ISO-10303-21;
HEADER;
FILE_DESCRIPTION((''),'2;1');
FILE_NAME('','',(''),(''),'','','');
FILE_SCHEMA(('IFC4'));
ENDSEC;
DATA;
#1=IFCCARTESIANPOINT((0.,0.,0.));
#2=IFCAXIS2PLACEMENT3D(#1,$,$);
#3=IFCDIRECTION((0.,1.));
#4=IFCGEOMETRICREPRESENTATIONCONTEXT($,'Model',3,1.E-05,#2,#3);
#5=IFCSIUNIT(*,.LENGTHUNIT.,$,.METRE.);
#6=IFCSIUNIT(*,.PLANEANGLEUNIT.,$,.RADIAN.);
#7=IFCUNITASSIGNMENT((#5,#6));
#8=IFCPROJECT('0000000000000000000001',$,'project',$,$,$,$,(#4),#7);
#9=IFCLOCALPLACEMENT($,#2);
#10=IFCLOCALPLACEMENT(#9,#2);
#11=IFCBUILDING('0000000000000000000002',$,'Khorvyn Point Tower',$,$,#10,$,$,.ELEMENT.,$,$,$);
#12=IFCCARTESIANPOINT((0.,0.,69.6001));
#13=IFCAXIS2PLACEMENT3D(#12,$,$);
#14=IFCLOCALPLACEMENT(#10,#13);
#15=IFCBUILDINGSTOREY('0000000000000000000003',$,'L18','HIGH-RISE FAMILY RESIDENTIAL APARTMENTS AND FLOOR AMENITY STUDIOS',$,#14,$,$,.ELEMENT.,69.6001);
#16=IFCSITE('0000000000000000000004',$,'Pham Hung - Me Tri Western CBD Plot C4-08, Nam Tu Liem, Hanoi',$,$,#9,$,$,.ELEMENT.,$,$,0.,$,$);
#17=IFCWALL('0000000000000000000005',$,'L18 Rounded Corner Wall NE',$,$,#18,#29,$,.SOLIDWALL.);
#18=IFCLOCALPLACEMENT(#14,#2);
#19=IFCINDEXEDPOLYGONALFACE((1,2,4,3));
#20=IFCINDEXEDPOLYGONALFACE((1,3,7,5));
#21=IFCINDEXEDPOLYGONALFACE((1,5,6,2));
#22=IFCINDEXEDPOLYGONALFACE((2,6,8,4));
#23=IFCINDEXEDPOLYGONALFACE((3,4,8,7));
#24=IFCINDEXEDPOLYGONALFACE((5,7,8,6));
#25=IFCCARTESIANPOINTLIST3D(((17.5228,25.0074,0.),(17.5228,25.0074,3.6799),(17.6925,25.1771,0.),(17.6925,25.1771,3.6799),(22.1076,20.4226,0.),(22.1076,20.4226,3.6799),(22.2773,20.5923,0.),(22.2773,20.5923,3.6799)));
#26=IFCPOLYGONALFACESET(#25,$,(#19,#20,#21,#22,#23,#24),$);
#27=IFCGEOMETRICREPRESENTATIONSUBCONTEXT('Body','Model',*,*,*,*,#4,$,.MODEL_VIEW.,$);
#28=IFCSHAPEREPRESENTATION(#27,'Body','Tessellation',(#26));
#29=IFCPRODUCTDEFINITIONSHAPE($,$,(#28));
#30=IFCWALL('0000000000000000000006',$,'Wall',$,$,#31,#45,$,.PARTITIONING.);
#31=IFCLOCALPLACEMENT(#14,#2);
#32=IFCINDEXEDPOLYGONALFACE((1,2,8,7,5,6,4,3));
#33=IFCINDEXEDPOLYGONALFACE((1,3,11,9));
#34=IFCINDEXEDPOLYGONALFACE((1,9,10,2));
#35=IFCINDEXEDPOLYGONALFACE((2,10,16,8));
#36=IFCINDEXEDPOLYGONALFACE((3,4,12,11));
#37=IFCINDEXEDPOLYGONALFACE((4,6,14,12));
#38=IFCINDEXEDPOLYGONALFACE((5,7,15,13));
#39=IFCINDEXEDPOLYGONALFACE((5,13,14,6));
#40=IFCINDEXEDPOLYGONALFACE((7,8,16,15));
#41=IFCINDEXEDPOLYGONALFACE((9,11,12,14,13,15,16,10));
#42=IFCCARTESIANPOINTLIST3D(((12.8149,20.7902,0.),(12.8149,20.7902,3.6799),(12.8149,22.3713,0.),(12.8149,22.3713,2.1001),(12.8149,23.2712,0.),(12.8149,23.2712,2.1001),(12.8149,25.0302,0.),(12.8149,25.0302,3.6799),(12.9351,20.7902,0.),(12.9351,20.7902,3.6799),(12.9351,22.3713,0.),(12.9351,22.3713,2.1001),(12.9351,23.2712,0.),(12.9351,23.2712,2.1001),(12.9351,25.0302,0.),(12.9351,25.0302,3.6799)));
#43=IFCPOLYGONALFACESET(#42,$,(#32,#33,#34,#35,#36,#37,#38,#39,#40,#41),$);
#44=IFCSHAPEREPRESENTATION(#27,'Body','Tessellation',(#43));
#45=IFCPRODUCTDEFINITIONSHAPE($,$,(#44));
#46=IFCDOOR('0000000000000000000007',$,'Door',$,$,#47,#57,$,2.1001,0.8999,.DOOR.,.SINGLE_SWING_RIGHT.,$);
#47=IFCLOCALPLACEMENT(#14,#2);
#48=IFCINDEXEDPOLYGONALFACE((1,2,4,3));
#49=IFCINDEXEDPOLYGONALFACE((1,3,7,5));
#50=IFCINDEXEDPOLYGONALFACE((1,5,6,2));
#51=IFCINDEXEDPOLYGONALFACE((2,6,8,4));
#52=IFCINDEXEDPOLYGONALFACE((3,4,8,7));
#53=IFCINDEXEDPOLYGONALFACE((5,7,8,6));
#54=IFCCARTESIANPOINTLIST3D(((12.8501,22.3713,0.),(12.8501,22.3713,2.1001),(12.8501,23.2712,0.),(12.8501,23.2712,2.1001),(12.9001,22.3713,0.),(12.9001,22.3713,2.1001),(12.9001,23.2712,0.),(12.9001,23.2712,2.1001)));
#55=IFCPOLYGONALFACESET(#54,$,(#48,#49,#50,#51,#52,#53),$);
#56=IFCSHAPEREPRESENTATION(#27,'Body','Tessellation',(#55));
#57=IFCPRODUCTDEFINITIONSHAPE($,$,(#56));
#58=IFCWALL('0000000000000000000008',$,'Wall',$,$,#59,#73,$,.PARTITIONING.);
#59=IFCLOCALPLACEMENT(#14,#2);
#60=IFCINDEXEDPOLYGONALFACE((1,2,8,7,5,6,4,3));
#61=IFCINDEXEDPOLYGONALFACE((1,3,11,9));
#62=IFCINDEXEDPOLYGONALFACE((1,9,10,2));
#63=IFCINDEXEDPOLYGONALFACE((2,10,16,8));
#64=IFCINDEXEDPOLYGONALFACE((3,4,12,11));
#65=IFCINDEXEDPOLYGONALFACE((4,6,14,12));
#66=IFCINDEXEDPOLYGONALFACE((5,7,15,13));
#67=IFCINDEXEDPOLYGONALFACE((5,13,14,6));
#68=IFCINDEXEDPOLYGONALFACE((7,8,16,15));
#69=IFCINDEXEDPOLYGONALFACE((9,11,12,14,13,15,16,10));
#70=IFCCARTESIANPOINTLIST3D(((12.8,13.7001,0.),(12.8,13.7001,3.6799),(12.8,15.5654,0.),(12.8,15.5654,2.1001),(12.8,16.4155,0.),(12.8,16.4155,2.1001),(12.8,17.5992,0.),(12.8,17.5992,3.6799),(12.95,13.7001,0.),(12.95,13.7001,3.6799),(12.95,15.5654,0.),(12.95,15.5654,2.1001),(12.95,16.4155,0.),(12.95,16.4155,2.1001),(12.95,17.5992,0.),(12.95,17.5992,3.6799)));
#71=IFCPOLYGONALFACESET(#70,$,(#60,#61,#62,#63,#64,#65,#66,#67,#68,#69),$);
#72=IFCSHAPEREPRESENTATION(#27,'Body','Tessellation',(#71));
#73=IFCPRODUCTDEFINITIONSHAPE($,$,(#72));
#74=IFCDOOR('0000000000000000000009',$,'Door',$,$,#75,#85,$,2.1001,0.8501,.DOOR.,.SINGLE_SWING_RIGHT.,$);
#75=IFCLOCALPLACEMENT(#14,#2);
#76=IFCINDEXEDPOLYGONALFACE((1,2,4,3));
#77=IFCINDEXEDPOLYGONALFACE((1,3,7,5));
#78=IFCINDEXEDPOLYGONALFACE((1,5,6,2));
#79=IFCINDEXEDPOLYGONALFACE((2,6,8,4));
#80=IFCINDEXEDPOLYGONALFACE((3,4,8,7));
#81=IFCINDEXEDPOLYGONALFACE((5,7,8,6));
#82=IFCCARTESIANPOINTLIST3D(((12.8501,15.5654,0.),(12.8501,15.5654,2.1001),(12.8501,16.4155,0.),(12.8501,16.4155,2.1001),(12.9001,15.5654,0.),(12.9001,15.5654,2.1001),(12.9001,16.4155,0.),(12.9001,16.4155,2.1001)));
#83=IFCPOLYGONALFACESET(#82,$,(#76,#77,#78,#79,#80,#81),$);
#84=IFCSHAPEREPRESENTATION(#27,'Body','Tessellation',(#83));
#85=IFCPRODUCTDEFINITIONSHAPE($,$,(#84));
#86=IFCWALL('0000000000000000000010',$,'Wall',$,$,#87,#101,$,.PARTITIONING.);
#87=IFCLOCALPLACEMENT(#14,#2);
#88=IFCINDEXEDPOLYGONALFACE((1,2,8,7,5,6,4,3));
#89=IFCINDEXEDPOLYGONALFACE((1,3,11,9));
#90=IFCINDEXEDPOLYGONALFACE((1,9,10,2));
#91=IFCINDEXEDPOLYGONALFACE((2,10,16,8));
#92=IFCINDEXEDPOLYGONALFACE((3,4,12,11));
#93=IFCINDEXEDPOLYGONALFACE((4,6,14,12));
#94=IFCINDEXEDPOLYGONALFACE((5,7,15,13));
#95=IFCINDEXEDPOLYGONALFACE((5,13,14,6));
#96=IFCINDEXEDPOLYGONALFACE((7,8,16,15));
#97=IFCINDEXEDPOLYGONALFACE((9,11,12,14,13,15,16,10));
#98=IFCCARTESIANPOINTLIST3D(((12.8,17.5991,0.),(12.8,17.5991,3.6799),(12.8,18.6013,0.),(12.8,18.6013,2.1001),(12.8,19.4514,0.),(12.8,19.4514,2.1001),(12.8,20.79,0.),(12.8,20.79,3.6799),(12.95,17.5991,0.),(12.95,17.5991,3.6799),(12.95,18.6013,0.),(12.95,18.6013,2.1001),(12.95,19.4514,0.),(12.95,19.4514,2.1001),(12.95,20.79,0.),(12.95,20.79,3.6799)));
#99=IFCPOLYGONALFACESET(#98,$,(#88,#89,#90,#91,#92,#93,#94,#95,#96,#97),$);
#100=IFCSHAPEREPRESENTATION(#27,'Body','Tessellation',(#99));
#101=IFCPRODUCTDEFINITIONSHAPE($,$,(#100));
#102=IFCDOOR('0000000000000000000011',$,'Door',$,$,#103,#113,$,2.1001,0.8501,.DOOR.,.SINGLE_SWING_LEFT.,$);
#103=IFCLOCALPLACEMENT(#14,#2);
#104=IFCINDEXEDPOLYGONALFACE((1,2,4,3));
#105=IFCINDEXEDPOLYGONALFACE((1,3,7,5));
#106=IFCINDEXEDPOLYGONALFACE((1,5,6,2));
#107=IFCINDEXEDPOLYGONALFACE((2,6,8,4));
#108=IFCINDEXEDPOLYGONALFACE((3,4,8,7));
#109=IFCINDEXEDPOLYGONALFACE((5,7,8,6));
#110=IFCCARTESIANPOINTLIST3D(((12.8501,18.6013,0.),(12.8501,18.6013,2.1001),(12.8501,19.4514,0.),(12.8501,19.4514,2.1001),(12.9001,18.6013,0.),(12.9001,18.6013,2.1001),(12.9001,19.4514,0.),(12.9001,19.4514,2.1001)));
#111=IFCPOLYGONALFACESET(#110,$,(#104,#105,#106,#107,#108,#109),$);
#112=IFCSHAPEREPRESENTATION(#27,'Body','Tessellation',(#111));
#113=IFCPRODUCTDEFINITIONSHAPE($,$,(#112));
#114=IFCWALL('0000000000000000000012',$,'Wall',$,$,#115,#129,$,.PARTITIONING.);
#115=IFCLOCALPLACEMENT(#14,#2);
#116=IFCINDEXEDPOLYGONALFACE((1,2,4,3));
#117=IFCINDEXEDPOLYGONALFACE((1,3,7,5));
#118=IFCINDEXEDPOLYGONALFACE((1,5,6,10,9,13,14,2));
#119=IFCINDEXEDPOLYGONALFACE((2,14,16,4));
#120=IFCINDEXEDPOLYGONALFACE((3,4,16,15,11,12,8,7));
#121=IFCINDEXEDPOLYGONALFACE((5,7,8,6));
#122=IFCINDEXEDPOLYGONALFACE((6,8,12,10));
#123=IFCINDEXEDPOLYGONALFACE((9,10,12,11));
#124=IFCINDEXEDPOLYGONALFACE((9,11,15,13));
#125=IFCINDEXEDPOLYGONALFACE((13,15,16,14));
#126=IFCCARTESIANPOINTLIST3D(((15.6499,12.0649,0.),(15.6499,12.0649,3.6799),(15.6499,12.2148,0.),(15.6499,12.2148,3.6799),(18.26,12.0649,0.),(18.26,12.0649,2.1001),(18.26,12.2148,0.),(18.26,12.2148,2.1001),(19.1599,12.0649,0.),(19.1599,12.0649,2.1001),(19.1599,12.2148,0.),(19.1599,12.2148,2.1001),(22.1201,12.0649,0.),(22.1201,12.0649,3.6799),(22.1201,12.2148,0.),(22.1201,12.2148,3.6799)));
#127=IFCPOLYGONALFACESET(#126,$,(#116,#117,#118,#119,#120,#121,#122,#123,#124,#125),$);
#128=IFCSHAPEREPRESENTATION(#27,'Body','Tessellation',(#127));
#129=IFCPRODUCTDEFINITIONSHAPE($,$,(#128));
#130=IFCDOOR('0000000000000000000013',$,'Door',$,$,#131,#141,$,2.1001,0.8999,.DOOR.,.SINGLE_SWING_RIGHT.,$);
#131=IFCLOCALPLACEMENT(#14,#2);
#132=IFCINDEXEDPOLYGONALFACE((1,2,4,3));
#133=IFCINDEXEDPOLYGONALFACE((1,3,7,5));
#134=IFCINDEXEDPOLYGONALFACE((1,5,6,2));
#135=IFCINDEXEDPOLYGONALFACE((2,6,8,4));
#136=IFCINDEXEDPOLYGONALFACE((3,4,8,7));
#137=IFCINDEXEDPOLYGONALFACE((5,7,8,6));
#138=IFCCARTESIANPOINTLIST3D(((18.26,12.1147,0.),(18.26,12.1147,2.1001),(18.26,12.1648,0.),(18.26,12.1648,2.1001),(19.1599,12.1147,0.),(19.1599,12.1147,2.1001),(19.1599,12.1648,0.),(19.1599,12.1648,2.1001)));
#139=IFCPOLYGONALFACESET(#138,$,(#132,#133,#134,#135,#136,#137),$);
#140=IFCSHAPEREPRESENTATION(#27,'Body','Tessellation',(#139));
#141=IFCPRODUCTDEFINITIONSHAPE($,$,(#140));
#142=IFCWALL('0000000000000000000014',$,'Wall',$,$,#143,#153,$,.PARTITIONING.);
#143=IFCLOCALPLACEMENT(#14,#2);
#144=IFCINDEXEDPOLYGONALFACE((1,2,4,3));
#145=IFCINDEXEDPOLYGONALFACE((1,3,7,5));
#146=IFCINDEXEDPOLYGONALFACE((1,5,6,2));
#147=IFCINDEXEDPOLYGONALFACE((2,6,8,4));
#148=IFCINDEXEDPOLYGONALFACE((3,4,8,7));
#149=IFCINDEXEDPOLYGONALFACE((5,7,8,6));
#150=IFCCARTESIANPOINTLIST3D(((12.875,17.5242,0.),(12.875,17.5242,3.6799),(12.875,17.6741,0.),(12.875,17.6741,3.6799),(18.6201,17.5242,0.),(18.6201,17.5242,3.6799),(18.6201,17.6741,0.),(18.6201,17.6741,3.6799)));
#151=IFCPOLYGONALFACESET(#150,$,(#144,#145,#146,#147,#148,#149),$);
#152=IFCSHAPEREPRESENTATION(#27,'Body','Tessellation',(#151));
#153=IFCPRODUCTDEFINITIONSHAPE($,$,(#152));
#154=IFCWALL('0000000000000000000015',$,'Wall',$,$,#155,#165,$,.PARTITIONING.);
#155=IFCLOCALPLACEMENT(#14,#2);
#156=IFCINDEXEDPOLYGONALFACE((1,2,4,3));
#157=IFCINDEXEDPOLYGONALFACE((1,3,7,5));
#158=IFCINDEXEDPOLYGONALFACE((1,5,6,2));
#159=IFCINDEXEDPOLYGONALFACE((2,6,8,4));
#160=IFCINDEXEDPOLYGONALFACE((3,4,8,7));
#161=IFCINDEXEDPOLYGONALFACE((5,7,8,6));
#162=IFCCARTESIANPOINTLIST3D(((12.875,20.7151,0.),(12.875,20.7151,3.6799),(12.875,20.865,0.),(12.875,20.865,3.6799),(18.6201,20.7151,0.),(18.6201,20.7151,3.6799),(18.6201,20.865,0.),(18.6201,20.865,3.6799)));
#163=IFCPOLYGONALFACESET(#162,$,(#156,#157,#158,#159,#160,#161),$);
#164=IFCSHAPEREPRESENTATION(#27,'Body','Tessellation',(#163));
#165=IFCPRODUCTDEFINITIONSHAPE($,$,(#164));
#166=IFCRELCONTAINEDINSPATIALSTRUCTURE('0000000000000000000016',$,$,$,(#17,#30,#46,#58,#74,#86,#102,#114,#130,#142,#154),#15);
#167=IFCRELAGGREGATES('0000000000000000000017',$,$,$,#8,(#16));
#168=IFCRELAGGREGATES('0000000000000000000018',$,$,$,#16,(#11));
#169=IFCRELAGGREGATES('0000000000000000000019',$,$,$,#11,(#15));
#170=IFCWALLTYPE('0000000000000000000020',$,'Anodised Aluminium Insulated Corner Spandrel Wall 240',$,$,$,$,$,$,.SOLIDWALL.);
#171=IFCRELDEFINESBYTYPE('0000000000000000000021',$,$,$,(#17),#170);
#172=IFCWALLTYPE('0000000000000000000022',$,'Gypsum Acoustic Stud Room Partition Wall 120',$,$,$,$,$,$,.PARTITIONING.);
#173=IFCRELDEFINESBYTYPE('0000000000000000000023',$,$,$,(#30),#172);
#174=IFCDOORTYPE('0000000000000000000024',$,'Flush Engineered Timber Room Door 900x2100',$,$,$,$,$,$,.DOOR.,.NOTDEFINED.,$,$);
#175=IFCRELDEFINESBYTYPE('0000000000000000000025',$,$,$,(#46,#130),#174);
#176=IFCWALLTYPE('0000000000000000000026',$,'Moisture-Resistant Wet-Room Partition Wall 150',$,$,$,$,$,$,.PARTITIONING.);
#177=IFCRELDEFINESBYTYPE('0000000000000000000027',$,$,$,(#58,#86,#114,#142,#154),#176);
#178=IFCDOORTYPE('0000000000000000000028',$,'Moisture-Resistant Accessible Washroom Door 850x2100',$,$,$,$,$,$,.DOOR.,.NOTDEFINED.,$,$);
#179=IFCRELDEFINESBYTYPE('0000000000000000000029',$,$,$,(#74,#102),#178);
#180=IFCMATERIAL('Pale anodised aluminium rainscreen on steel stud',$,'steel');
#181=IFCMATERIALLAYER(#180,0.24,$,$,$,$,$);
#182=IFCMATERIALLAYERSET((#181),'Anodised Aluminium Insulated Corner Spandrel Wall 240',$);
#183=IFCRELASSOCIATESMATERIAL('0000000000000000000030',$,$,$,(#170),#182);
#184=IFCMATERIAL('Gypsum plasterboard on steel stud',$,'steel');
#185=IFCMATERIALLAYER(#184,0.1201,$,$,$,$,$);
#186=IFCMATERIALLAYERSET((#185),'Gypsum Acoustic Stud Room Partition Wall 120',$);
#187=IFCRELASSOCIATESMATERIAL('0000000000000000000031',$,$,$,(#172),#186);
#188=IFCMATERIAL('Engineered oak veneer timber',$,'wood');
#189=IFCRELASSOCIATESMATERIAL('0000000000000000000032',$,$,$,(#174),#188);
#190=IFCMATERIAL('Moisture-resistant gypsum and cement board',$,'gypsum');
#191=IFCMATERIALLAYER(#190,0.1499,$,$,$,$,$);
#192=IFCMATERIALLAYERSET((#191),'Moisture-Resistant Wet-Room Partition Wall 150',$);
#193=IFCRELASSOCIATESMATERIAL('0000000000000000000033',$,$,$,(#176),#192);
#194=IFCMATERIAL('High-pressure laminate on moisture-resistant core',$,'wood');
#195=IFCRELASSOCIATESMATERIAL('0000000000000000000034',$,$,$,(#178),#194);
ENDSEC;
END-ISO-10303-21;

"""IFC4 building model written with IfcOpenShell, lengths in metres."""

from ifc_helpers import new_model, si_unit, direction, frame, frame_2d, origin, place, context, subcontext, project, spatial, rectangle, extrude, material, layer, layer_set, type_object, element, fill, save


model = new_model("IFC4")

# Units and contexts
model_context = context("Model", 3, precision=1e-05, world=origin(), true_north=direction((0.0, 1.0)))
body_context = subcontext(model_context, "Body", "Model", "MODEL_VIEW")
ifc_project = project(units=[si_unit("LENGTHUNIT", "METRE"), si_unit("PLANEANGLEUNIT", "RADIAN")], contexts=[model_context])

# Site, building, storey
site_placement = place(None, origin())
site = spatial("IfcSite", under=ifc_project, at=site_placement, Name="Pham Hung - Me Tri Western CBD Plot C4-08, Nam Tu Liem, Hanoi", CompositionType="ELEMENT", RefElevation=0.0)
building_placement = place(site_placement, origin())
building = spatial("IfcBuilding", under=site, at=building_placement, Name="Khorvyn Point Tower", CompositionType="ELEMENT")
storey_placement = place(building_placement, frame((0.0, 0.0, 69.6001)))
storey = spatial("IfcBuildingStorey", under=building, at=storey_placement, Name="L18", Description="HIGH-RISE FAMILY RESIDENTIAL APARTMENTS AND FLOOR AMENITY STUDIOS", CompositionType="ELEMENT", Elevation=69.6001)

# Wall
ifc_material_1 = material(Name="Pale anodised aluminium rainscreen on steel stud", Category="steel")
ifc_layer_1 = layer(ifc_material_1, 0.24)
ifc_layer_set_1 = layer_set([ifc_layer_1], Name="Anodised Aluminium Insulated Corner Spandrel Wall 240")
wall_type_1 = type_object("IfcWallType", Name="Anodised Aluminium Insulated Corner Spandrel Wall 240", PredefinedType="SOLIDWALL", material=ifc_layer_set_1)
wall_1_placement = place(storey_placement, frame((17.6077, 25.0923, 0.0), z_axis=(0.0, 0.0, 1.0), x_axis=(0.707107, -0.707107, 0.0)))
element("IfcWall", 1, at=wall_1_placement, inside=storey, type_object=wall_type_1, Name="L18 Rounded Corner Wall NE", PredefinedType="SOLIDWALL", context=body_context, shape_type="SweptSolid", body=[
    extrude(rectangle(XDim=6.4839, YDim=0.24, at=frame_2d((3.2419, 0.0))), origin(), (0.0, 0.0, 1.0), 3.6799),
])

# Walls, openings, doors
ifc_material_2 = material(Name="Gypsum plasterboard on steel stud", Category="steel")
ifc_layer_2 = layer(ifc_material_2, 0.1201)
ifc_layer_set_2 = layer_set([ifc_layer_2], Name="Gypsum Acoustic Stud Room Partition Wall 120")
wall_type_2 = type_object("IfcWallType", Name="Gypsum Acoustic Stud Room Partition Wall 120", PredefinedType="PARTITIONING", material=ifc_layer_set_2)
wall_2_placement = place(storey_placement, frame((12.875, 20.79, 0.0), z_axis=(0.0, 0.0, 1.0), x_axis=(0.0, 1.0, 0.0)))
wall_2 = element("IfcWall", 2, at=wall_2_placement, inside=storey, type_object=wall_type_2, Name="Wall", PredefinedType="PARTITIONING", context=body_context, shape_type="SweptSolid", body=[
    extrude(rectangle(XDim=4.24, YDim=0.1201, at=frame_2d((2.1201, 0.0))), origin(), (0.0, 0.0, 1.0), 3.6799),
])
opening_1_placement = place(wall_2_placement, frame((1.5813, 0.0, 0.0)))
opening_1 = element("IfcOpeningElement", 3, at=opening_1_placement, cuts=wall_2, PredefinedType="OPENING", context=body_context, shape_type="SweptSolid", body=[
    extrude(rectangle(XDim=0.8999, YDim=2.1001, at=frame_2d((0.45, 1.05))), frame((0.0, 0.0701, 0.0), z_axis=(0.0, -1.0, 0.0), x_axis=(1.0, 0.0, 0.0)), (0.0, 0.0, 1.0), 0.1401),
])
ifc_material_3 = material(Name="Engineered oak veneer timber", Category="wood")
door_type_1 = type_object("IfcDoorType", Name="Flush Engineered Timber Room Door 900x2100", OperationType="NOTDEFINED", PredefinedType="DOOR", material=ifc_material_3)
door_1_placement = place(opening_1_placement, origin())
door_1 = element("IfcDoor", 4, at=door_1_placement, inside=storey, type_object=door_type_1, Name="Door", OperationType="SINGLE_SWING_RIGHT", OverallHeight=2.1001, OverallWidth=0.8999, PredefinedType="DOOR", context=body_context, shape_type="SweptSolid", body=[
    extrude(rectangle(XDim=0.8999, YDim=2.1001, at=frame_2d((0.45, 1.05))), frame((0.0, 0.0249, 0.0), z_axis=(0.0, -1.0, 0.0), x_axis=(1.0, 0.0, 0.0)), (0.0, 0.0, 1.0), 0.05),
])
fill(opening_1, door_1)
ifc_material_4 = material(Name="Moisture-resistant gypsum and cement board", Category="gypsum")
ifc_layer_3 = layer(ifc_material_4, 0.1499)
ifc_layer_set_3 = layer_set([ifc_layer_3], Name="Moisture-Resistant Wet-Room Partition Wall 150")
wall_type_3 = type_object("IfcWallType", Name="Moisture-Resistant Wet-Room Partition Wall 150", PredefinedType="PARTITIONING", material=ifc_layer_set_3)
wall_3_placement = place(storey_placement, frame((12.875, 13.7, 0.0), z_axis=(0.0, 0.0, 1.0), x_axis=(0.0, 1.0, 0.0)))
wall_3 = element("IfcWall", 5, at=wall_3_placement, inside=storey, type_object=wall_type_3, Name="Wall", PredefinedType="PARTITIONING", context=body_context, shape_type="SweptSolid", body=[
    extrude(rectangle(XDim=3.8992, YDim=0.1499, at=frame_2d((1.9497, 0.0))), origin(), (0.0, 0.0, 1.0), 3.6799),
])
opening_2_placement = place(wall_3_placement, frame((1.8655, 0.0, 0.0)))
opening_2 = element("IfcOpeningElement", 6, at=opening_2_placement, cuts=wall_3, PredefinedType="OPENING", context=body_context, shape_type="SweptSolid", body=[
    extrude(rectangle(XDim=0.8501, YDim=2.1001, at=frame_2d((0.425, 1.05))), frame((0.0, 0.085, 0.0), z_axis=(0.0, -1.0, 0.0), x_axis=(1.0, 0.0, 0.0)), (0.0, 0.0, 1.0), 0.1699),
])
ifc_material_5 = material(Name="High-pressure laminate on moisture-resistant core", Category="wood")
door_type_2 = type_object("IfcDoorType", Name="Moisture-Resistant Accessible Washroom Door 850x2100", OperationType="NOTDEFINED", PredefinedType="DOOR", material=ifc_material_5)
door_2_placement = place(opening_2_placement, origin())
door_2 = element("IfcDoor", 7, at=door_2_placement, inside=storey, type_object=door_type_2, Name="Door", OperationType="SINGLE_SWING_RIGHT", OverallHeight=2.1001, OverallWidth=0.8501, PredefinedType="DOOR", context=body_context, shape_type="SweptSolid", body=[
    extrude(rectangle(XDim=0.8501, YDim=2.1001, at=frame_2d((0.425, 1.05))), frame((0.0, 0.0249, 0.0), z_axis=(0.0, -1.0, 0.0), x_axis=(1.0, 0.0, 0.0)), (0.0, 0.0, 1.0), 0.05),
])
fill(opening_2, door_2)
wall_4_placement = place(storey_placement, frame((12.875, 17.5991, 0.0), z_axis=(0.0, 0.0, 1.0), x_axis=(0.0, 1.0, 0.0)))
wall_4 = element("IfcWall", 8, at=wall_4_placement, inside=storey, type_object=wall_type_3, Name="Wall", PredefinedType="PARTITIONING", context=body_context, shape_type="SweptSolid", body=[
    extrude(rectangle(XDim=3.1909, YDim=0.1499, at=frame_2d((1.5955, 0.0))), origin(), (0.0, 0.0, 1.0), 3.6799),
])
opening_3_placement = place(wall_4_placement, frame((1.0022, 0.0, 0.0)))
opening_3 = element("IfcOpeningElement", 9, at=opening_3_placement, cuts=wall_4, PredefinedType="OPENING", context=body_context, shape_type="SweptSolid", body=[
    extrude(rectangle(XDim=0.8501, YDim=2.1001, at=frame_2d((0.425, 1.05))), frame((0.0, 0.085, 0.0), z_axis=(0.0, -1.0, 0.0), x_axis=(1.0, 0.0, 0.0)), (0.0, 0.0, 1.0), 0.1699),
])
door_3_placement = place(opening_3_placement, origin())
door_3 = element("IfcDoor", 10, at=door_3_placement, inside=storey, type_object=door_type_2, Name="Door", OperationType="SINGLE_SWING_LEFT", OverallHeight=2.1001, OverallWidth=0.8501, PredefinedType="DOOR", context=body_context, shape_type="SweptSolid", body=[
    extrude(rectangle(XDim=0.8501, YDim=2.1001, at=frame_2d((0.425, 1.05))), frame((0.0, 0.0249, 0.0), z_axis=(0.0, -1.0, 0.0), x_axis=(1.0, 0.0, 0.0)), (0.0, 0.0, 1.0), 0.05),
])
fill(opening_3, door_3)
wall_5_placement = place(storey_placement, frame((15.6499, 12.1399, 0.0), z_axis=(0.0, 0.0, 1.0), x_axis=(1.0, 0.0, 0.0)))
wall_5 = element("IfcWall", 11, at=wall_5_placement, inside=storey, type_object=wall_type_3, Name="Wall", PredefinedType="PARTITIONING", context=body_context, shape_type="SweptSolid", body=[
    extrude(rectangle(XDim=6.4702, YDim=0.1499, at=frame_2d((3.2351, 0.0))), origin(), (0.0, 0.0, 1.0), 3.6799),
])
opening_4_placement = place(wall_5_placement, frame((2.6101, 0.0, 0.0)))
opening_4 = element("IfcOpeningElement", 12, at=opening_4_placement, cuts=wall_5, PredefinedType="OPENING", context=body_context, shape_type="SweptSolid", body=[
    extrude(rectangle(XDim=0.8999, YDim=2.1001, at=frame_2d((0.45, 1.05))), frame((0.0, 0.085, 0.0), z_axis=(0.0, -1.0, 0.0), x_axis=(1.0, 0.0, 0.0)), (0.0, 0.0, 1.0), 0.1699),
])
door_4_placement = place(opening_4_placement, origin())
door_4 = element("IfcDoor", 13, at=door_4_placement, inside=storey, type_object=door_type_1, Name="Door", OperationType="SINGLE_SWING_RIGHT", OverallHeight=2.1001, OverallWidth=0.8999, PredefinedType="DOOR", context=body_context, shape_type="SweptSolid", body=[
    extrude(rectangle(XDim=0.8999, YDim=2.1001, at=frame_2d((0.45, 1.05))), frame((0.0, 0.0249, 0.0), z_axis=(0.0, -1.0, 0.0), x_axis=(1.0, 0.0, 0.0)), (0.0, 0.0, 1.0), 0.05),
])
fill(opening_4, door_4)

# Walls
for number, where, z_axis, x_axis, name in (
    (14, (12.875, 17.5991, 0.0), (0.0, 0.0, 1.0), (1.0, 0.0, 0.0), "Wall"),
    (15, (12.875, 20.79, 0.0), (0.0, 0.0, 1.0), (1.0, 0.0, 0.0), "Wall"),
):
    element("IfcWall", number, at=place(storey_placement, frame(where, z_axis=z_axis, x_axis=x_axis)), inside=storey, type_object=wall_type_3, Name=name, PredefinedType="PARTITIONING", context=body_context, shape_type="SweptSolid", body=[
        extrude(rectangle(XDim=5.7451, YDim=0.1499, at=frame_2d((2.8726, 0.0))), origin(), (0.0, 0.0, 1.0), 3.6799),
    ])

save(model, "model.ifc")
